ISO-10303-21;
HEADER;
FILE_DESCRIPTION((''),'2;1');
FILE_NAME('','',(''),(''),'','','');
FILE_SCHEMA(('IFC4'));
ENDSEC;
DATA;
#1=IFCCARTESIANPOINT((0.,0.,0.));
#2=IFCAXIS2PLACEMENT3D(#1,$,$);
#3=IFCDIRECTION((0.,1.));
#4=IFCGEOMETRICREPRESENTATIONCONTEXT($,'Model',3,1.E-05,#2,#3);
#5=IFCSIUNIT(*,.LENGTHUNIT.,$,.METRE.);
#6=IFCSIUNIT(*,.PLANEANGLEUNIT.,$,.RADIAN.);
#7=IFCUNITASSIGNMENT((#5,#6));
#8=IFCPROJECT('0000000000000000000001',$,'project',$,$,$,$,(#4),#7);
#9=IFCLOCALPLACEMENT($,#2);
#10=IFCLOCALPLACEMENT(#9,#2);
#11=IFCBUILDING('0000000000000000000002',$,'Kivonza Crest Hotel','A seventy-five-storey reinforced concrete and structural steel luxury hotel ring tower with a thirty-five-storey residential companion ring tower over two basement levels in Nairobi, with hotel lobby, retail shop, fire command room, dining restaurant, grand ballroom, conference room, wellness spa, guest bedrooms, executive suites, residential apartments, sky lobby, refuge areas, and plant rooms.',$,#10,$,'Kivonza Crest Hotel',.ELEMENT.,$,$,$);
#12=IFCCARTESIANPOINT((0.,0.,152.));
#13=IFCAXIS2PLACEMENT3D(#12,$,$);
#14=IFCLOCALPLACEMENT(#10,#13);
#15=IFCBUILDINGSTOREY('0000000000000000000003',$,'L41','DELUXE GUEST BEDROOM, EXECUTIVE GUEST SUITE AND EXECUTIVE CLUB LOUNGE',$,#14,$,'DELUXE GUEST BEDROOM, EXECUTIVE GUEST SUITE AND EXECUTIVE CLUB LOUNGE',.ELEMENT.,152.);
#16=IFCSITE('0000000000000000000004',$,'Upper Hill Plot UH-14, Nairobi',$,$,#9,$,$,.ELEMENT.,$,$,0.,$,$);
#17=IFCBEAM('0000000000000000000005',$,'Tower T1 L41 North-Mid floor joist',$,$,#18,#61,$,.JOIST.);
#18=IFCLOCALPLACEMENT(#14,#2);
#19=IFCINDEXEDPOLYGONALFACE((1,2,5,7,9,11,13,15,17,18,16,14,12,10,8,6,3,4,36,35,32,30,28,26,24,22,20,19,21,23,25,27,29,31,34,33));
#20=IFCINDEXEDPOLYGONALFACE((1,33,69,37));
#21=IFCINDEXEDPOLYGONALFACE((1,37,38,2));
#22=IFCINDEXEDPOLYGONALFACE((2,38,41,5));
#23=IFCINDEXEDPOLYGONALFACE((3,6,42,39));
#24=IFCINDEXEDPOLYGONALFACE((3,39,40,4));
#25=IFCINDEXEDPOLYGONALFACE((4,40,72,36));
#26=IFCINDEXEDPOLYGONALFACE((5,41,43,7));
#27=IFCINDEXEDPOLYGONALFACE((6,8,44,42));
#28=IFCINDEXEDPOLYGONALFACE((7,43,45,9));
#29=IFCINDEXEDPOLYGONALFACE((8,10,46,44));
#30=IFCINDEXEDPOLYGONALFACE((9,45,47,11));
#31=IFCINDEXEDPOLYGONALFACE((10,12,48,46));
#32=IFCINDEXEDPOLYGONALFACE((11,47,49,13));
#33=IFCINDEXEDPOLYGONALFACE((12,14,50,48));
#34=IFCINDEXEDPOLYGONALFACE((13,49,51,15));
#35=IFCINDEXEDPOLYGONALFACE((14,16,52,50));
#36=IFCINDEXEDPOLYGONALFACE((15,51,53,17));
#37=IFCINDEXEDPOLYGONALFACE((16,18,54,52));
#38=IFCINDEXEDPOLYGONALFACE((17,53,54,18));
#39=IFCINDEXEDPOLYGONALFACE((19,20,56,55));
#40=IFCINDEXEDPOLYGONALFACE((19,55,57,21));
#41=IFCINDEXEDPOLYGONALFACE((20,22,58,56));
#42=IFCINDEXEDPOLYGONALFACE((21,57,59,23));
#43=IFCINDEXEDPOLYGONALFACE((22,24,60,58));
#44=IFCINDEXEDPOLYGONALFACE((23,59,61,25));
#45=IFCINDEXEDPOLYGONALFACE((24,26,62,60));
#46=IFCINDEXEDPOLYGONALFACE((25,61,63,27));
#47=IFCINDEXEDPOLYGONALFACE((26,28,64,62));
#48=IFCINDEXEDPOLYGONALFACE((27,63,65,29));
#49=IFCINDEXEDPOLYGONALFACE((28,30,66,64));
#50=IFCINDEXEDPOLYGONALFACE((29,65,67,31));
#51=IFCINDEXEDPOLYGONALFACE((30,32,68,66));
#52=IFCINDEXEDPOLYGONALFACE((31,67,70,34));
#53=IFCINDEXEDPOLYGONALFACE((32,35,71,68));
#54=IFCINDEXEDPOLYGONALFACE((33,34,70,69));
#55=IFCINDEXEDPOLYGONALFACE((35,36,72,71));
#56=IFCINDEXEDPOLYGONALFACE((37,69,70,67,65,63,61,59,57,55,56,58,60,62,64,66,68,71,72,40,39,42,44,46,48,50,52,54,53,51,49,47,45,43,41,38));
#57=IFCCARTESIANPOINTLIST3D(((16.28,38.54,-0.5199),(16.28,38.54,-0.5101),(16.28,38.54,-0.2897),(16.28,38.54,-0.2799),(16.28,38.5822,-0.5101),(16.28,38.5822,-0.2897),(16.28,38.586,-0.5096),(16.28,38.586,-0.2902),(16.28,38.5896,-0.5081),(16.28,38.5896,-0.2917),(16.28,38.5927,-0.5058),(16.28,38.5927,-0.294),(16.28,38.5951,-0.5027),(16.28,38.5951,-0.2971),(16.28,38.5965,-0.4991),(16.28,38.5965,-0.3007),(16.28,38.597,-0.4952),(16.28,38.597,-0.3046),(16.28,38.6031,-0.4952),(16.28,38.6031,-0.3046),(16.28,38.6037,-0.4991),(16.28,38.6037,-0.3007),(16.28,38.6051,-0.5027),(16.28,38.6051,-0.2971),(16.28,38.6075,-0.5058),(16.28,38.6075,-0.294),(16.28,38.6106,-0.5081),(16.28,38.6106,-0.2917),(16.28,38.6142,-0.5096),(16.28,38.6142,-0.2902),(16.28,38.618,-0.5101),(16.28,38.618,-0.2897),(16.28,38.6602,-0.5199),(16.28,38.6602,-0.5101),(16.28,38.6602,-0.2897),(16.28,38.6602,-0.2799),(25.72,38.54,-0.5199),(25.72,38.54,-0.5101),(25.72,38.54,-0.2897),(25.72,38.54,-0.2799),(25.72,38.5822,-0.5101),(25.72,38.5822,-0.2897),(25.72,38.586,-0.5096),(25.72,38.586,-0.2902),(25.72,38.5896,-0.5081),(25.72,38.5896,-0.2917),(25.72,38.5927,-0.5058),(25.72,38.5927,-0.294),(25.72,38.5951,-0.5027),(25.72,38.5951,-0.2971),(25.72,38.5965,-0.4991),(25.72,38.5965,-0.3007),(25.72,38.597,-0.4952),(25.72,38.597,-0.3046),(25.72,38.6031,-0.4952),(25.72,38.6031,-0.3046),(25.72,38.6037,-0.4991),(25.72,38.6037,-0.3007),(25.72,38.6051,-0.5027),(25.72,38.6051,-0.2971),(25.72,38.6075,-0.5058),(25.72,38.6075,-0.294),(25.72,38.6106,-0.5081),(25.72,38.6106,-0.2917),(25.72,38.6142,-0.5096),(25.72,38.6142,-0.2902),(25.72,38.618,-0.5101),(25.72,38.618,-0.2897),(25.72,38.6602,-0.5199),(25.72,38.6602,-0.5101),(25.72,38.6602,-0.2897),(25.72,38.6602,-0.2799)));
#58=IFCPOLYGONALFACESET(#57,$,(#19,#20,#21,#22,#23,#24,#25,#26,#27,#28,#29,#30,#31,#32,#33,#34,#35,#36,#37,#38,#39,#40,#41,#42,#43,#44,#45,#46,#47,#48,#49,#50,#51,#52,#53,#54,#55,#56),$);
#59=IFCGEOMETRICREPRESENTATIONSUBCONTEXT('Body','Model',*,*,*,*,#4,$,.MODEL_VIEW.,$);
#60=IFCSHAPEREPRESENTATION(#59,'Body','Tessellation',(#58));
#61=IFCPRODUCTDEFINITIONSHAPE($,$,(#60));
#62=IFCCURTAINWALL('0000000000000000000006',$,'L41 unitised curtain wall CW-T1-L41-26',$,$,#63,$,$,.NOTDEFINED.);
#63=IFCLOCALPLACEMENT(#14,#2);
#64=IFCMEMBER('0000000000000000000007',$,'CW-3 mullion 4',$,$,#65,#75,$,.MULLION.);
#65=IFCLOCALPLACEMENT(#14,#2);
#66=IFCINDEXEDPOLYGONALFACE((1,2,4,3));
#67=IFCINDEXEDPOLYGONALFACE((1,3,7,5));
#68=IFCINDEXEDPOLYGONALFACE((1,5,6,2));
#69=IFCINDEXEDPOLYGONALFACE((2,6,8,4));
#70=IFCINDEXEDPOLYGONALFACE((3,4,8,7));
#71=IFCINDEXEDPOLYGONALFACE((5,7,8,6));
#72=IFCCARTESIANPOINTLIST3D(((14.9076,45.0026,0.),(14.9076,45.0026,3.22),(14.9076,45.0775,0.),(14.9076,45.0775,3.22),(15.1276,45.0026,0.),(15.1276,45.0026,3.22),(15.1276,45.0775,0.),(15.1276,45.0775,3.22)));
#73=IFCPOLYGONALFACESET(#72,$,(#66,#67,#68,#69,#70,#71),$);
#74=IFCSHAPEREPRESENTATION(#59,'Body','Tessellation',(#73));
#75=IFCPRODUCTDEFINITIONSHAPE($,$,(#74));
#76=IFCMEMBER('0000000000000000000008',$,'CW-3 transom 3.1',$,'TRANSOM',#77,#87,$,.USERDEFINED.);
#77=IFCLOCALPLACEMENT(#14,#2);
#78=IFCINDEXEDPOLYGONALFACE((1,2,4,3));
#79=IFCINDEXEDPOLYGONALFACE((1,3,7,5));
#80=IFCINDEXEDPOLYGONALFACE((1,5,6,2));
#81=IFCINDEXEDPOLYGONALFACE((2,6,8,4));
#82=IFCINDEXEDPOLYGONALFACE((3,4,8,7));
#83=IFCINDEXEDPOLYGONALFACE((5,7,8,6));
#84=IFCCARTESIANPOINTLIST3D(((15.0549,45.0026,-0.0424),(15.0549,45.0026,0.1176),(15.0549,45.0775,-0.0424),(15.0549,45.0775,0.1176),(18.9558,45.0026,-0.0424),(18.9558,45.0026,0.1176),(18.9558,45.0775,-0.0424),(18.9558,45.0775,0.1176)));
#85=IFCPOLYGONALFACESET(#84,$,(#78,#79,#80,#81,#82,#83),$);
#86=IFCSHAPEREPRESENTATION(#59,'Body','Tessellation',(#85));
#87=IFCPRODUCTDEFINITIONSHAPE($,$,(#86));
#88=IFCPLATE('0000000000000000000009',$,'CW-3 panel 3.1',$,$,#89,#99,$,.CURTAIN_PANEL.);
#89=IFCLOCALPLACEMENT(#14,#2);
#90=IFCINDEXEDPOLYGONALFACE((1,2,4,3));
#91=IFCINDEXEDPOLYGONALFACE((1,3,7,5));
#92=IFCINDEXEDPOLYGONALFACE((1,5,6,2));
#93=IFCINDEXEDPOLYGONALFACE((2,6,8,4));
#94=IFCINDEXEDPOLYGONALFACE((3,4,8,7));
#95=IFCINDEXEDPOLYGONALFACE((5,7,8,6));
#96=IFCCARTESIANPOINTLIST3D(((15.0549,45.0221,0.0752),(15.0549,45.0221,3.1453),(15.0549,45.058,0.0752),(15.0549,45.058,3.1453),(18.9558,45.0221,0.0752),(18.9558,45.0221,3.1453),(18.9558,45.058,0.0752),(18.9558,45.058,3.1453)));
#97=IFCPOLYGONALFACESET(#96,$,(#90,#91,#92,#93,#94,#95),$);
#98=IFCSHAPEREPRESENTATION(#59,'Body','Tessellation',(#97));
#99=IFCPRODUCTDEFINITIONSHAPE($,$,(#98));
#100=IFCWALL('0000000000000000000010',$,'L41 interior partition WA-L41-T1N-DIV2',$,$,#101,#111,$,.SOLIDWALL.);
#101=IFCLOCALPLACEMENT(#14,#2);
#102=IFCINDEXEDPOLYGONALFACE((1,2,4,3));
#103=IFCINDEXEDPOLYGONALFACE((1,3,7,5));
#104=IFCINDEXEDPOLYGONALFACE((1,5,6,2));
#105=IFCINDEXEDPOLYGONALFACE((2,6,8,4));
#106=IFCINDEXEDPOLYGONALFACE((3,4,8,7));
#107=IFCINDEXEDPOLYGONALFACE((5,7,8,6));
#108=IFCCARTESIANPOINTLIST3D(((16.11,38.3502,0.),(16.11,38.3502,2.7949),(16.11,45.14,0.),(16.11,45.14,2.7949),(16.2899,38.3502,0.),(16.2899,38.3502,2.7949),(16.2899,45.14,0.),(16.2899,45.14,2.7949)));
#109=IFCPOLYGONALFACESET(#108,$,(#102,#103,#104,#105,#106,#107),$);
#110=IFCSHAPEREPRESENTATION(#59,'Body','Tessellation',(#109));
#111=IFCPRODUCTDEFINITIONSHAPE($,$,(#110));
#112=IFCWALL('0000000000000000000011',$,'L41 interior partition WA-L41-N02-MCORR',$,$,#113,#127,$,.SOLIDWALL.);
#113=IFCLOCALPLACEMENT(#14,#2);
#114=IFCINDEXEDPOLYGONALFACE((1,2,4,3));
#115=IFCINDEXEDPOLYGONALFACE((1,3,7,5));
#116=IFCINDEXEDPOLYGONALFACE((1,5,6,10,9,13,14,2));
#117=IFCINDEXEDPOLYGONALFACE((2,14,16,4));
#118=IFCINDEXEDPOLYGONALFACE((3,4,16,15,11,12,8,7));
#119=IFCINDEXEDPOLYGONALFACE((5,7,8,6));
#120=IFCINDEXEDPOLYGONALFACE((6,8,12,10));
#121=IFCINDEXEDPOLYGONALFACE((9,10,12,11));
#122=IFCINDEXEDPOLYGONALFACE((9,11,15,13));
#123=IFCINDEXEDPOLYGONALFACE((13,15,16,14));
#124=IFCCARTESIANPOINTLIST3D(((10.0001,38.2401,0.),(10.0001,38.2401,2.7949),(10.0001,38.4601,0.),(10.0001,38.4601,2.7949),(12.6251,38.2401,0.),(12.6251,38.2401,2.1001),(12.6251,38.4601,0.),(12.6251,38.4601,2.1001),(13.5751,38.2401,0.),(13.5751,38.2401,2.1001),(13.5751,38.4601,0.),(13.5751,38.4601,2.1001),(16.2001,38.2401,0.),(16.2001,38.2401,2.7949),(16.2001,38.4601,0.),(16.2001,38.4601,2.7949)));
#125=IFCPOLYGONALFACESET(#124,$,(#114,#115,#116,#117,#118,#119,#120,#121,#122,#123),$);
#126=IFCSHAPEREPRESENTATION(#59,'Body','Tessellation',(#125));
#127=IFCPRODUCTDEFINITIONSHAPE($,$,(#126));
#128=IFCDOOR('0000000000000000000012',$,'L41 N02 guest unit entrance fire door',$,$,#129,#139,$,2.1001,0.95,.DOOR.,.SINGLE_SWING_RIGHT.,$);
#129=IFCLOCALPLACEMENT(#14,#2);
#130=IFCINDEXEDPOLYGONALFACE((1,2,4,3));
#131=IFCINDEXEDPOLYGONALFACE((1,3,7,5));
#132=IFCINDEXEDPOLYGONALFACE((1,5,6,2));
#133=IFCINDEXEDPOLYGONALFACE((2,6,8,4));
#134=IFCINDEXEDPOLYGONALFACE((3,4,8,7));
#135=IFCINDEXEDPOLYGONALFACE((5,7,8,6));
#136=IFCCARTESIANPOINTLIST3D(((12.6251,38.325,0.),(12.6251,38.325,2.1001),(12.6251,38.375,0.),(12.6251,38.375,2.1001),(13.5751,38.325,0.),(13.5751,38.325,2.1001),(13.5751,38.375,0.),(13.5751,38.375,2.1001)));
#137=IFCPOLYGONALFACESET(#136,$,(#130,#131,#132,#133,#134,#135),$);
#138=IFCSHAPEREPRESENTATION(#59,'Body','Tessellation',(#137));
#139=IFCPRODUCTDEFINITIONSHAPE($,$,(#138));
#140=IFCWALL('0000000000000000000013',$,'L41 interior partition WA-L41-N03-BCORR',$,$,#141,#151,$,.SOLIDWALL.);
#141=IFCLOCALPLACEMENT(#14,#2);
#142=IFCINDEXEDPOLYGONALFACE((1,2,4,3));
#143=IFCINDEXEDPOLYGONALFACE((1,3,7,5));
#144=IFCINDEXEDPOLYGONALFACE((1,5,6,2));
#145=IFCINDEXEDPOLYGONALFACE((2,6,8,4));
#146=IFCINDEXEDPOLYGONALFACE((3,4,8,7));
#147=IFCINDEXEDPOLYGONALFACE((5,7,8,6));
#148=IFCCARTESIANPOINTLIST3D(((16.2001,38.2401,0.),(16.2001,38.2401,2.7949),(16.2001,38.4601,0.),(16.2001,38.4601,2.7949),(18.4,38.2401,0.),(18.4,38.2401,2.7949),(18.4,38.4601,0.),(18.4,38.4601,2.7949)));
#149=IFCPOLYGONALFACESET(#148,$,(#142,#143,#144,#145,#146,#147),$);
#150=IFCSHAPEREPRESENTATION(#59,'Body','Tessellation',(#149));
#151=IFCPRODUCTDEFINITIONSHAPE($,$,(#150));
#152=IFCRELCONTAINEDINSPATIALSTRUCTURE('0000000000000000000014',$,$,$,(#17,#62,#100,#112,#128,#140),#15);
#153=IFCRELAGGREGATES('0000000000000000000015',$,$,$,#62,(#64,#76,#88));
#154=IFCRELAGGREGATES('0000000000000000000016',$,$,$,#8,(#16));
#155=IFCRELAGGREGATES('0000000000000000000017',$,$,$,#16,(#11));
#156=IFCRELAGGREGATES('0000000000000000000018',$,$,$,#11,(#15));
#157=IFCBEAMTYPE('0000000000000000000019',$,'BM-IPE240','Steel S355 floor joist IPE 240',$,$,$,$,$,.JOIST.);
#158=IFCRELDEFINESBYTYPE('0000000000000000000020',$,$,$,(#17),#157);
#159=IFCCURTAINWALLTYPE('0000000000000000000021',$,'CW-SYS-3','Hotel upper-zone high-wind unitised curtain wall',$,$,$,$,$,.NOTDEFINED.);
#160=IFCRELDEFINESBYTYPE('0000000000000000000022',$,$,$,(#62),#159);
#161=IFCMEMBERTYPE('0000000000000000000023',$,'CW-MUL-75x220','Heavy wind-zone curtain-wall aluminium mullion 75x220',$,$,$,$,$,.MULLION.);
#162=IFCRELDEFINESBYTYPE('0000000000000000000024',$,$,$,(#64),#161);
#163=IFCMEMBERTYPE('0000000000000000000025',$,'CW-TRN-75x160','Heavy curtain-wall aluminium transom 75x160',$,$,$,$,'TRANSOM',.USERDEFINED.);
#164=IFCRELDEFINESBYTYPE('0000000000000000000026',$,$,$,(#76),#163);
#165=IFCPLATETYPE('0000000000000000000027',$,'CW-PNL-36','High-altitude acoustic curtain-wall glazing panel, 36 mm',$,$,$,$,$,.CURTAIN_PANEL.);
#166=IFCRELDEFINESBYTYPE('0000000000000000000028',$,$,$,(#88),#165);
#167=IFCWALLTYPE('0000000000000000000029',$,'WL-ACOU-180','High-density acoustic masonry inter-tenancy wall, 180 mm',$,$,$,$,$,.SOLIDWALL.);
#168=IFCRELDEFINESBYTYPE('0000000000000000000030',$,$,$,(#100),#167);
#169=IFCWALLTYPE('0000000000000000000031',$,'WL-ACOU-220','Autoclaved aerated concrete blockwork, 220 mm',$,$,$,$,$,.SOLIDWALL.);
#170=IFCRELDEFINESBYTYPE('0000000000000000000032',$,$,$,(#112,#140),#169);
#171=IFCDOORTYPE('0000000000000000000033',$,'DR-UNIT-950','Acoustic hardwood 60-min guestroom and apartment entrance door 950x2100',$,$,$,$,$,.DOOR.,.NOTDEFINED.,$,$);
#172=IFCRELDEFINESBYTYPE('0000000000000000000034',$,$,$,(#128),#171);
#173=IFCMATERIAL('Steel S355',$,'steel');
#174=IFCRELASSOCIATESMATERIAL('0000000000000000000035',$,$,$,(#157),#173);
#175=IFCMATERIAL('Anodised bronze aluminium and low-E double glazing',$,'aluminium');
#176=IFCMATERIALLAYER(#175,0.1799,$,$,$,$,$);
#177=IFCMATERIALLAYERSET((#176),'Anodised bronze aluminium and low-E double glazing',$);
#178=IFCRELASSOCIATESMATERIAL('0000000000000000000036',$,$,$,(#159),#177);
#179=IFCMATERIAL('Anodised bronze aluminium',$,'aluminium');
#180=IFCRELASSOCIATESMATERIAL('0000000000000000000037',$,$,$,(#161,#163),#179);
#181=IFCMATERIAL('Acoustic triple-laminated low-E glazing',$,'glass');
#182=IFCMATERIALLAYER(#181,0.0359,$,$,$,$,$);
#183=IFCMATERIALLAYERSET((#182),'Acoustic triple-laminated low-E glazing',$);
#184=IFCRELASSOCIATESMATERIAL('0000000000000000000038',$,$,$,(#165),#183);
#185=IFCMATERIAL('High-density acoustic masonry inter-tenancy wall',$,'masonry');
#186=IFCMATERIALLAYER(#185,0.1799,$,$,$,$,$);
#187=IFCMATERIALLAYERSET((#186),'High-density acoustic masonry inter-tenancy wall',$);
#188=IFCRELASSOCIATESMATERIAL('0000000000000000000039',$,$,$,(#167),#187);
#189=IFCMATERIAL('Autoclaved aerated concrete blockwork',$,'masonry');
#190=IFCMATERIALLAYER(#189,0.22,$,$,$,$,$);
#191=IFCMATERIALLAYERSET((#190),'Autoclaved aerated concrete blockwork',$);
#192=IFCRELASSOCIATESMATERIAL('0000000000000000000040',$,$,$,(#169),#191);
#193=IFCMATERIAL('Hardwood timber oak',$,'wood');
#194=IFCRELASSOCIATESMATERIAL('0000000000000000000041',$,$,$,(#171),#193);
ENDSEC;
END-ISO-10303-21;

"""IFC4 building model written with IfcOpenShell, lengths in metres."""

from ifc_helpers import new_model, si_unit, direction, frame, frame_2d, origin, origin_2d, place, context, subcontext, project, spatial, rectangle, i_section, extrude, material, layer, layer_set, material_profile, profile_set, type_object, element, fill, aggregate, save


model = new_model("IFC4")

# Units and contexts
model_context = context("Model", 3, precision=1e-05, world=origin(), true_north=direction((0.0, 1.0)))
body_context = subcontext(model_context, "Body", "Model", "MODEL_VIEW")
ifc_project = project(units=[si_unit("LENGTHUNIT", "METRE"), si_unit("PLANEANGLEUNIT", "RADIAN")], contexts=[model_context])

# Site, building, storey
site_placement = place(None, origin())
site = spatial("IfcSite", under=ifc_project, at=site_placement, Name="Upper Hill Plot UH-14, Nairobi", CompositionType="ELEMENT", RefElevation=0.0)
building_placement = place(site_placement, origin())
building = spatial("IfcBuilding", under=site, at=building_placement, Name="Kivonza Crest Hotel", Description="A seventy-five-storey reinforced concrete and structural steel luxury hotel ring tower with a thirty-five-storey residential companion ring tower over two basement levels in Nairobi, with hotel lobby, retail shop, fire command room, dining restaurant, grand ballroom, conference room, wellness spa, guest bedrooms, executive suites, residential apartments, sky lobby, refuge areas, and plant rooms.", LongName="Kivonza Crest Hotel", CompositionType="ELEMENT")
storey_placement = place(building_placement, frame((0.0, 0.0, 152.0)))
storey = spatial("IfcBuildingStorey", under=building, at=storey_placement, Name="L41", Description="DELUXE GUEST BEDROOM, EXECUTIVE GUEST SUITE AND EXECUTIVE CLUB LOUNGE", LongName="DELUXE GUEST BEDROOM, EXECUTIVE GUEST SUITE AND EXECUTIVE CLUB LOUNGE", CompositionType="ELEMENT", Elevation=152.0)

# Beam
ifc_material_1 = material(Name="Steel S355", Category="steel")
ifc_material_profile_1 = material_profile(ifc_material_1, i_section(OverallWidth=0.1201, OverallDepth=0.24, WebThickness=0.0061, FlangeThickness=0.0098, FilletRadius=0.0149, at=origin_2d()), Name="IPE 240")
ifc_profile_set_1 = profile_set([ifc_material_profile_1], Name="Steel S355")
beam_type_1 = type_object("IfcBeamType", Name="BM-IPE240", Description="Steel S355 floor joist IPE 240", PredefinedType="JOIST", material=ifc_profile_set_1)
beam_1_placement = place(storey_placement, frame((16.28, 38.6001, -0.3999), z_axis=(1.0, 0.0, 0.0), x_axis=(0.0, 1.0, 0.0)))
element("IfcBeam", 1, at=beam_1_placement, inside=storey, type_object=beam_type_1, Name="Tower T1 L41 North-Mid floor joist", PredefinedType="JOIST", context=body_context, shape_type="SweptSolid", body=[
    extrude(i_section(OverallWidth=0.1201, OverallDepth=0.24, WebThickness=0.0061, FlangeThickness=0.0098, FilletRadius=0.0149, at=origin_2d()), origin(), (0.0, 0.0, 1.0), 9.4399),
])

# Curtain wall, members, plate
ifc_material_2 = material(Name="Anodised bronze aluminium and low-E double glazing", Category="aluminium")
ifc_layer_1 = layer(ifc_material_2, 0.1799)
ifc_layer_set_1 = layer_set([ifc_layer_1], Name="Anodised bronze aluminium and low-E double glazing")
curtain_wall_type = type_object("IfcCurtainWallType", Name="CW-SYS-3", Description="Hotel upper-zone high-wind unitised curtain wall", PredefinedType="NOTDEFINED", material=ifc_layer_set_1)
curtain_wall_placement = place(storey_placement, origin())
curtain_wall = element("IfcCurtainWall", 2, at=curtain_wall_placement, inside=storey, type_object=curtain_wall_type, Name="L41 unitised curtain wall CW-T1-L41-26", PredefinedType="NOTDEFINED")
ifc_material_3 = material(Name="Anodised bronze aluminium", Category="aluminium")
ifc_material_profile_2 = material_profile(ifc_material_3, rectangle(XDim=0.075, YDim=0.22, at=origin_2d()), Name="CW-M 75x220")
ifc_profile_set_2 = profile_set([ifc_material_profile_2], Name="Anodised bronze aluminium")
member_type_1 = type_object("IfcMemberType", Name="CW-MUL-75x220", Description="Heavy wind-zone curtain-wall aluminium mullion 75x220", PredefinedType="MULLION", material=ifc_profile_set_2)
member_1_placement = place(storey_placement, frame((15.0176, 45.04, 0.0), z_axis=(0.0, 0.0, 1.0), x_axis=(0.0, -1.0, 0.0)))
member_1 = element("IfcMember", 3, at=member_1_placement, type_object=member_type_1, Name="CW-3 mullion 4", PredefinedType="MULLION", context=body_context, shape_type="SweptSolid", body=[
    extrude(rectangle(XDim=0.075, YDim=0.22, at=origin_2d()), origin(), (0.0, 0.0, 1.0), 3.22),
])
ifc_material_profile_3 = material_profile(ifc_material_3, rectangle(XDim=0.075, YDim=0.1599, at=origin_2d()), Name="CW-T 75x160")
ifc_profile_set_3 = profile_set([ifc_material_profile_3], Name="Anodised bronze aluminium")
member_type_2 = type_object("IfcMemberType", Name="CW-TRN-75x160", Description="Heavy curtain-wall aluminium transom 75x160", ElementType="TRANSOM", PredefinedType="USERDEFINED", material=ifc_profile_set_3)
member_2_placement = place(storey_placement, frame((18.9558, 45.04, 0.0376), z_axis=(-1.0, 0.0, 0.0), x_axis=(0.0, -1.0, 0.0)))
member_2 = element("IfcMember", 4, at=member_2_placement, type_object=member_type_2, Name="CW-3 transom 3.1", ObjectType="TRANSOM", PredefinedType="USERDEFINED", context=body_context, shape_type="SweptSolid", body=[
    extrude(rectangle(XDim=0.075, YDim=0.1599, at=origin_2d()), origin(), (0.0, 0.0, 1.0), 3.9009),
])
ifc_material_4 = material(Name="Acoustic triple-laminated low-E glazing", Category="glass")
ifc_layer_2 = layer(ifc_material_4, 0.0359)
ifc_layer_set_2 = layer_set([ifc_layer_2], Name="Acoustic triple-laminated low-E glazing")
plate_type = type_object("IfcPlateType", Name="CW-PNL-36", Description="High-altitude acoustic curtain-wall glazing panel, 36 mm", PredefinedType="CURTAIN_PANEL", material=ifc_layer_set_2)
plate_placement = place(storey_placement, frame((17.0054, 45.04, 0.0752), z_axis=(0.0, 0.0, 1.0), x_axis=(-1.0, 0.0, 0.0)))
plate = element("IfcPlate", 5, at=plate_placement, type_object=plate_type, Name="CW-3 panel 3.1", PredefinedType="CURTAIN_PANEL", context=body_context, shape_type="SweptSolid", body=[
    extrude(rectangle(XDim=3.9009, YDim=0.0359, at=origin_2d()), origin(), (0.0, 0.0, 1.0), 3.0701),
])
aggregate(curtain_wall, [member_1, member_2, plate])

# Wall
ifc_material_5 = material(Name="High-density acoustic masonry inter-tenancy wall", Category="masonry")
ifc_layer_3 = layer(ifc_material_5, 0.1799)
ifc_layer_set_3 = layer_set([ifc_layer_3], Name="High-density acoustic masonry inter-tenancy wall")
wall_type_1 = type_object("IfcWallType", Name="WL-ACOU-180", Description="High-density acoustic masonry inter-tenancy wall, 180 mm", PredefinedType="SOLIDWALL", material=ifc_layer_set_3)
wall_1_placement = place(storey_placement, frame((16.2, 38.3501, 0.0), z_axis=(0.0, 0.0, 1.0), x_axis=(0.0, 1.0, 0.0)))
element("IfcWall", 6, at=wall_1_placement, inside=storey, type_object=wall_type_1, Name="L41 interior partition WA-L41-T1N-DIV2", PredefinedType="SOLIDWALL", context=body_context, shape_type="SweptSolid", body=[
    extrude(rectangle(XDim=6.7898, YDim=0.1799, at=frame_2d((3.395, 0.0))), origin(), (0.0, 0.0, 1.0), 2.7949),
])

# Wall, opening, door
ifc_material_6 = material(Name="Autoclaved aerated concrete blockwork", Category="masonry")
ifc_layer_4 = layer(ifc_material_6, 0.22)
ifc_layer_set_4 = layer_set([ifc_layer_4], Name="Autoclaved aerated concrete blockwork")
wall_type_2 = type_object("IfcWallType", Name="WL-ACOU-220", Description="Autoclaved aerated concrete blockwork, 220 mm", PredefinedType="SOLIDWALL", material=ifc_layer_set_4)
wall_2_placement = place(storey_placement, frame((10.0, 38.3501, 0.0), z_axis=(0.0, 0.0, 1.0), x_axis=(1.0, 0.0, 0.0)))
wall_2 = element("IfcWall", 7, at=wall_2_placement, inside=storey, type_object=wall_type_2, Name="L41 interior partition WA-L41-N02-MCORR", PredefinedType="SOLIDWALL", context=body_context, shape_type="SweptSolid", body=[
    extrude(rectangle(XDim=6.2, YDim=0.22, at=frame_2d((3.1001, 0.0))), origin(), (0.0, 0.0, 1.0), 2.7949),
])
opening_1_placement = place(wall_2_placement, frame((2.625, 0.0, 0.0)))
opening_1 = element("IfcOpeningElement", 8, at=opening_1_placement, cuts=wall_2, PredefinedType="OPENING", context=body_context, shape_type="SweptSolid", body=[
    extrude(rectangle(XDim=0.95, YDim=2.1001, at=frame_2d((0.4751, 1.05))), frame((0.0, 0.1201, 0.0), z_axis=(0.0, -1.0, 0.0), x_axis=(1.0, 0.0, 0.0)), (0.0, 0.0, 1.0), 0.24),
])
ifc_material_7 = material(Name="Hardwood timber oak", Category="wood")
door_type_1 = type_object("IfcDoorType", Name="DR-UNIT-950", Description="Acoustic hardwood 60-min guestroom and apartment entrance door 950x2100", OperationType="NOTDEFINED", PredefinedType="DOOR", material=ifc_material_7)
door_1_placement = place(opening_1_placement, origin())
door_1 = element("IfcDoor", 9, at=door_1_placement, inside=storey, type_object=door_type_1, Name="L41 N02 guest unit entrance fire door", OperationType="SINGLE_SWING_RIGHT", OverallHeight=2.1001, OverallWidth=0.95, PredefinedType="DOOR", context=body_context, shape_type="SweptSolid", body=[
    extrude(rectangle(XDim=0.95, YDim=2.1001, at=frame_2d((0.4751, 1.05))), frame((0.0, 0.0249, 0.0), z_axis=(0.0, -1.0, 0.0), x_axis=(1.0, 0.0, 0.0)), (0.0, 0.0, 1.0), 0.05),
])
fill(opening_1, door_1)

# Wall
wall_3_placement = place(storey_placement, frame((16.2, 38.3501, 0.0), z_axis=(0.0, 0.0, 1.0), x_axis=(1.0, 0.0, 0.0)))
element("IfcWall", 10, at=wall_3_placement, inside=storey, type_object=wall_type_2, Name="L41 interior partition WA-L41-N03-BCORR", PredefinedType="SOLIDWALL", context=body_context, shape_type="SweptSolid", body=[
    extrude(rectangle(XDim=2.2, YDim=0.22, at=frame_2d((1.1001, 0.0))), origin(), (0.0, 0.0, 1.0), 2.7949),
])

save(model, "model.ifc")
